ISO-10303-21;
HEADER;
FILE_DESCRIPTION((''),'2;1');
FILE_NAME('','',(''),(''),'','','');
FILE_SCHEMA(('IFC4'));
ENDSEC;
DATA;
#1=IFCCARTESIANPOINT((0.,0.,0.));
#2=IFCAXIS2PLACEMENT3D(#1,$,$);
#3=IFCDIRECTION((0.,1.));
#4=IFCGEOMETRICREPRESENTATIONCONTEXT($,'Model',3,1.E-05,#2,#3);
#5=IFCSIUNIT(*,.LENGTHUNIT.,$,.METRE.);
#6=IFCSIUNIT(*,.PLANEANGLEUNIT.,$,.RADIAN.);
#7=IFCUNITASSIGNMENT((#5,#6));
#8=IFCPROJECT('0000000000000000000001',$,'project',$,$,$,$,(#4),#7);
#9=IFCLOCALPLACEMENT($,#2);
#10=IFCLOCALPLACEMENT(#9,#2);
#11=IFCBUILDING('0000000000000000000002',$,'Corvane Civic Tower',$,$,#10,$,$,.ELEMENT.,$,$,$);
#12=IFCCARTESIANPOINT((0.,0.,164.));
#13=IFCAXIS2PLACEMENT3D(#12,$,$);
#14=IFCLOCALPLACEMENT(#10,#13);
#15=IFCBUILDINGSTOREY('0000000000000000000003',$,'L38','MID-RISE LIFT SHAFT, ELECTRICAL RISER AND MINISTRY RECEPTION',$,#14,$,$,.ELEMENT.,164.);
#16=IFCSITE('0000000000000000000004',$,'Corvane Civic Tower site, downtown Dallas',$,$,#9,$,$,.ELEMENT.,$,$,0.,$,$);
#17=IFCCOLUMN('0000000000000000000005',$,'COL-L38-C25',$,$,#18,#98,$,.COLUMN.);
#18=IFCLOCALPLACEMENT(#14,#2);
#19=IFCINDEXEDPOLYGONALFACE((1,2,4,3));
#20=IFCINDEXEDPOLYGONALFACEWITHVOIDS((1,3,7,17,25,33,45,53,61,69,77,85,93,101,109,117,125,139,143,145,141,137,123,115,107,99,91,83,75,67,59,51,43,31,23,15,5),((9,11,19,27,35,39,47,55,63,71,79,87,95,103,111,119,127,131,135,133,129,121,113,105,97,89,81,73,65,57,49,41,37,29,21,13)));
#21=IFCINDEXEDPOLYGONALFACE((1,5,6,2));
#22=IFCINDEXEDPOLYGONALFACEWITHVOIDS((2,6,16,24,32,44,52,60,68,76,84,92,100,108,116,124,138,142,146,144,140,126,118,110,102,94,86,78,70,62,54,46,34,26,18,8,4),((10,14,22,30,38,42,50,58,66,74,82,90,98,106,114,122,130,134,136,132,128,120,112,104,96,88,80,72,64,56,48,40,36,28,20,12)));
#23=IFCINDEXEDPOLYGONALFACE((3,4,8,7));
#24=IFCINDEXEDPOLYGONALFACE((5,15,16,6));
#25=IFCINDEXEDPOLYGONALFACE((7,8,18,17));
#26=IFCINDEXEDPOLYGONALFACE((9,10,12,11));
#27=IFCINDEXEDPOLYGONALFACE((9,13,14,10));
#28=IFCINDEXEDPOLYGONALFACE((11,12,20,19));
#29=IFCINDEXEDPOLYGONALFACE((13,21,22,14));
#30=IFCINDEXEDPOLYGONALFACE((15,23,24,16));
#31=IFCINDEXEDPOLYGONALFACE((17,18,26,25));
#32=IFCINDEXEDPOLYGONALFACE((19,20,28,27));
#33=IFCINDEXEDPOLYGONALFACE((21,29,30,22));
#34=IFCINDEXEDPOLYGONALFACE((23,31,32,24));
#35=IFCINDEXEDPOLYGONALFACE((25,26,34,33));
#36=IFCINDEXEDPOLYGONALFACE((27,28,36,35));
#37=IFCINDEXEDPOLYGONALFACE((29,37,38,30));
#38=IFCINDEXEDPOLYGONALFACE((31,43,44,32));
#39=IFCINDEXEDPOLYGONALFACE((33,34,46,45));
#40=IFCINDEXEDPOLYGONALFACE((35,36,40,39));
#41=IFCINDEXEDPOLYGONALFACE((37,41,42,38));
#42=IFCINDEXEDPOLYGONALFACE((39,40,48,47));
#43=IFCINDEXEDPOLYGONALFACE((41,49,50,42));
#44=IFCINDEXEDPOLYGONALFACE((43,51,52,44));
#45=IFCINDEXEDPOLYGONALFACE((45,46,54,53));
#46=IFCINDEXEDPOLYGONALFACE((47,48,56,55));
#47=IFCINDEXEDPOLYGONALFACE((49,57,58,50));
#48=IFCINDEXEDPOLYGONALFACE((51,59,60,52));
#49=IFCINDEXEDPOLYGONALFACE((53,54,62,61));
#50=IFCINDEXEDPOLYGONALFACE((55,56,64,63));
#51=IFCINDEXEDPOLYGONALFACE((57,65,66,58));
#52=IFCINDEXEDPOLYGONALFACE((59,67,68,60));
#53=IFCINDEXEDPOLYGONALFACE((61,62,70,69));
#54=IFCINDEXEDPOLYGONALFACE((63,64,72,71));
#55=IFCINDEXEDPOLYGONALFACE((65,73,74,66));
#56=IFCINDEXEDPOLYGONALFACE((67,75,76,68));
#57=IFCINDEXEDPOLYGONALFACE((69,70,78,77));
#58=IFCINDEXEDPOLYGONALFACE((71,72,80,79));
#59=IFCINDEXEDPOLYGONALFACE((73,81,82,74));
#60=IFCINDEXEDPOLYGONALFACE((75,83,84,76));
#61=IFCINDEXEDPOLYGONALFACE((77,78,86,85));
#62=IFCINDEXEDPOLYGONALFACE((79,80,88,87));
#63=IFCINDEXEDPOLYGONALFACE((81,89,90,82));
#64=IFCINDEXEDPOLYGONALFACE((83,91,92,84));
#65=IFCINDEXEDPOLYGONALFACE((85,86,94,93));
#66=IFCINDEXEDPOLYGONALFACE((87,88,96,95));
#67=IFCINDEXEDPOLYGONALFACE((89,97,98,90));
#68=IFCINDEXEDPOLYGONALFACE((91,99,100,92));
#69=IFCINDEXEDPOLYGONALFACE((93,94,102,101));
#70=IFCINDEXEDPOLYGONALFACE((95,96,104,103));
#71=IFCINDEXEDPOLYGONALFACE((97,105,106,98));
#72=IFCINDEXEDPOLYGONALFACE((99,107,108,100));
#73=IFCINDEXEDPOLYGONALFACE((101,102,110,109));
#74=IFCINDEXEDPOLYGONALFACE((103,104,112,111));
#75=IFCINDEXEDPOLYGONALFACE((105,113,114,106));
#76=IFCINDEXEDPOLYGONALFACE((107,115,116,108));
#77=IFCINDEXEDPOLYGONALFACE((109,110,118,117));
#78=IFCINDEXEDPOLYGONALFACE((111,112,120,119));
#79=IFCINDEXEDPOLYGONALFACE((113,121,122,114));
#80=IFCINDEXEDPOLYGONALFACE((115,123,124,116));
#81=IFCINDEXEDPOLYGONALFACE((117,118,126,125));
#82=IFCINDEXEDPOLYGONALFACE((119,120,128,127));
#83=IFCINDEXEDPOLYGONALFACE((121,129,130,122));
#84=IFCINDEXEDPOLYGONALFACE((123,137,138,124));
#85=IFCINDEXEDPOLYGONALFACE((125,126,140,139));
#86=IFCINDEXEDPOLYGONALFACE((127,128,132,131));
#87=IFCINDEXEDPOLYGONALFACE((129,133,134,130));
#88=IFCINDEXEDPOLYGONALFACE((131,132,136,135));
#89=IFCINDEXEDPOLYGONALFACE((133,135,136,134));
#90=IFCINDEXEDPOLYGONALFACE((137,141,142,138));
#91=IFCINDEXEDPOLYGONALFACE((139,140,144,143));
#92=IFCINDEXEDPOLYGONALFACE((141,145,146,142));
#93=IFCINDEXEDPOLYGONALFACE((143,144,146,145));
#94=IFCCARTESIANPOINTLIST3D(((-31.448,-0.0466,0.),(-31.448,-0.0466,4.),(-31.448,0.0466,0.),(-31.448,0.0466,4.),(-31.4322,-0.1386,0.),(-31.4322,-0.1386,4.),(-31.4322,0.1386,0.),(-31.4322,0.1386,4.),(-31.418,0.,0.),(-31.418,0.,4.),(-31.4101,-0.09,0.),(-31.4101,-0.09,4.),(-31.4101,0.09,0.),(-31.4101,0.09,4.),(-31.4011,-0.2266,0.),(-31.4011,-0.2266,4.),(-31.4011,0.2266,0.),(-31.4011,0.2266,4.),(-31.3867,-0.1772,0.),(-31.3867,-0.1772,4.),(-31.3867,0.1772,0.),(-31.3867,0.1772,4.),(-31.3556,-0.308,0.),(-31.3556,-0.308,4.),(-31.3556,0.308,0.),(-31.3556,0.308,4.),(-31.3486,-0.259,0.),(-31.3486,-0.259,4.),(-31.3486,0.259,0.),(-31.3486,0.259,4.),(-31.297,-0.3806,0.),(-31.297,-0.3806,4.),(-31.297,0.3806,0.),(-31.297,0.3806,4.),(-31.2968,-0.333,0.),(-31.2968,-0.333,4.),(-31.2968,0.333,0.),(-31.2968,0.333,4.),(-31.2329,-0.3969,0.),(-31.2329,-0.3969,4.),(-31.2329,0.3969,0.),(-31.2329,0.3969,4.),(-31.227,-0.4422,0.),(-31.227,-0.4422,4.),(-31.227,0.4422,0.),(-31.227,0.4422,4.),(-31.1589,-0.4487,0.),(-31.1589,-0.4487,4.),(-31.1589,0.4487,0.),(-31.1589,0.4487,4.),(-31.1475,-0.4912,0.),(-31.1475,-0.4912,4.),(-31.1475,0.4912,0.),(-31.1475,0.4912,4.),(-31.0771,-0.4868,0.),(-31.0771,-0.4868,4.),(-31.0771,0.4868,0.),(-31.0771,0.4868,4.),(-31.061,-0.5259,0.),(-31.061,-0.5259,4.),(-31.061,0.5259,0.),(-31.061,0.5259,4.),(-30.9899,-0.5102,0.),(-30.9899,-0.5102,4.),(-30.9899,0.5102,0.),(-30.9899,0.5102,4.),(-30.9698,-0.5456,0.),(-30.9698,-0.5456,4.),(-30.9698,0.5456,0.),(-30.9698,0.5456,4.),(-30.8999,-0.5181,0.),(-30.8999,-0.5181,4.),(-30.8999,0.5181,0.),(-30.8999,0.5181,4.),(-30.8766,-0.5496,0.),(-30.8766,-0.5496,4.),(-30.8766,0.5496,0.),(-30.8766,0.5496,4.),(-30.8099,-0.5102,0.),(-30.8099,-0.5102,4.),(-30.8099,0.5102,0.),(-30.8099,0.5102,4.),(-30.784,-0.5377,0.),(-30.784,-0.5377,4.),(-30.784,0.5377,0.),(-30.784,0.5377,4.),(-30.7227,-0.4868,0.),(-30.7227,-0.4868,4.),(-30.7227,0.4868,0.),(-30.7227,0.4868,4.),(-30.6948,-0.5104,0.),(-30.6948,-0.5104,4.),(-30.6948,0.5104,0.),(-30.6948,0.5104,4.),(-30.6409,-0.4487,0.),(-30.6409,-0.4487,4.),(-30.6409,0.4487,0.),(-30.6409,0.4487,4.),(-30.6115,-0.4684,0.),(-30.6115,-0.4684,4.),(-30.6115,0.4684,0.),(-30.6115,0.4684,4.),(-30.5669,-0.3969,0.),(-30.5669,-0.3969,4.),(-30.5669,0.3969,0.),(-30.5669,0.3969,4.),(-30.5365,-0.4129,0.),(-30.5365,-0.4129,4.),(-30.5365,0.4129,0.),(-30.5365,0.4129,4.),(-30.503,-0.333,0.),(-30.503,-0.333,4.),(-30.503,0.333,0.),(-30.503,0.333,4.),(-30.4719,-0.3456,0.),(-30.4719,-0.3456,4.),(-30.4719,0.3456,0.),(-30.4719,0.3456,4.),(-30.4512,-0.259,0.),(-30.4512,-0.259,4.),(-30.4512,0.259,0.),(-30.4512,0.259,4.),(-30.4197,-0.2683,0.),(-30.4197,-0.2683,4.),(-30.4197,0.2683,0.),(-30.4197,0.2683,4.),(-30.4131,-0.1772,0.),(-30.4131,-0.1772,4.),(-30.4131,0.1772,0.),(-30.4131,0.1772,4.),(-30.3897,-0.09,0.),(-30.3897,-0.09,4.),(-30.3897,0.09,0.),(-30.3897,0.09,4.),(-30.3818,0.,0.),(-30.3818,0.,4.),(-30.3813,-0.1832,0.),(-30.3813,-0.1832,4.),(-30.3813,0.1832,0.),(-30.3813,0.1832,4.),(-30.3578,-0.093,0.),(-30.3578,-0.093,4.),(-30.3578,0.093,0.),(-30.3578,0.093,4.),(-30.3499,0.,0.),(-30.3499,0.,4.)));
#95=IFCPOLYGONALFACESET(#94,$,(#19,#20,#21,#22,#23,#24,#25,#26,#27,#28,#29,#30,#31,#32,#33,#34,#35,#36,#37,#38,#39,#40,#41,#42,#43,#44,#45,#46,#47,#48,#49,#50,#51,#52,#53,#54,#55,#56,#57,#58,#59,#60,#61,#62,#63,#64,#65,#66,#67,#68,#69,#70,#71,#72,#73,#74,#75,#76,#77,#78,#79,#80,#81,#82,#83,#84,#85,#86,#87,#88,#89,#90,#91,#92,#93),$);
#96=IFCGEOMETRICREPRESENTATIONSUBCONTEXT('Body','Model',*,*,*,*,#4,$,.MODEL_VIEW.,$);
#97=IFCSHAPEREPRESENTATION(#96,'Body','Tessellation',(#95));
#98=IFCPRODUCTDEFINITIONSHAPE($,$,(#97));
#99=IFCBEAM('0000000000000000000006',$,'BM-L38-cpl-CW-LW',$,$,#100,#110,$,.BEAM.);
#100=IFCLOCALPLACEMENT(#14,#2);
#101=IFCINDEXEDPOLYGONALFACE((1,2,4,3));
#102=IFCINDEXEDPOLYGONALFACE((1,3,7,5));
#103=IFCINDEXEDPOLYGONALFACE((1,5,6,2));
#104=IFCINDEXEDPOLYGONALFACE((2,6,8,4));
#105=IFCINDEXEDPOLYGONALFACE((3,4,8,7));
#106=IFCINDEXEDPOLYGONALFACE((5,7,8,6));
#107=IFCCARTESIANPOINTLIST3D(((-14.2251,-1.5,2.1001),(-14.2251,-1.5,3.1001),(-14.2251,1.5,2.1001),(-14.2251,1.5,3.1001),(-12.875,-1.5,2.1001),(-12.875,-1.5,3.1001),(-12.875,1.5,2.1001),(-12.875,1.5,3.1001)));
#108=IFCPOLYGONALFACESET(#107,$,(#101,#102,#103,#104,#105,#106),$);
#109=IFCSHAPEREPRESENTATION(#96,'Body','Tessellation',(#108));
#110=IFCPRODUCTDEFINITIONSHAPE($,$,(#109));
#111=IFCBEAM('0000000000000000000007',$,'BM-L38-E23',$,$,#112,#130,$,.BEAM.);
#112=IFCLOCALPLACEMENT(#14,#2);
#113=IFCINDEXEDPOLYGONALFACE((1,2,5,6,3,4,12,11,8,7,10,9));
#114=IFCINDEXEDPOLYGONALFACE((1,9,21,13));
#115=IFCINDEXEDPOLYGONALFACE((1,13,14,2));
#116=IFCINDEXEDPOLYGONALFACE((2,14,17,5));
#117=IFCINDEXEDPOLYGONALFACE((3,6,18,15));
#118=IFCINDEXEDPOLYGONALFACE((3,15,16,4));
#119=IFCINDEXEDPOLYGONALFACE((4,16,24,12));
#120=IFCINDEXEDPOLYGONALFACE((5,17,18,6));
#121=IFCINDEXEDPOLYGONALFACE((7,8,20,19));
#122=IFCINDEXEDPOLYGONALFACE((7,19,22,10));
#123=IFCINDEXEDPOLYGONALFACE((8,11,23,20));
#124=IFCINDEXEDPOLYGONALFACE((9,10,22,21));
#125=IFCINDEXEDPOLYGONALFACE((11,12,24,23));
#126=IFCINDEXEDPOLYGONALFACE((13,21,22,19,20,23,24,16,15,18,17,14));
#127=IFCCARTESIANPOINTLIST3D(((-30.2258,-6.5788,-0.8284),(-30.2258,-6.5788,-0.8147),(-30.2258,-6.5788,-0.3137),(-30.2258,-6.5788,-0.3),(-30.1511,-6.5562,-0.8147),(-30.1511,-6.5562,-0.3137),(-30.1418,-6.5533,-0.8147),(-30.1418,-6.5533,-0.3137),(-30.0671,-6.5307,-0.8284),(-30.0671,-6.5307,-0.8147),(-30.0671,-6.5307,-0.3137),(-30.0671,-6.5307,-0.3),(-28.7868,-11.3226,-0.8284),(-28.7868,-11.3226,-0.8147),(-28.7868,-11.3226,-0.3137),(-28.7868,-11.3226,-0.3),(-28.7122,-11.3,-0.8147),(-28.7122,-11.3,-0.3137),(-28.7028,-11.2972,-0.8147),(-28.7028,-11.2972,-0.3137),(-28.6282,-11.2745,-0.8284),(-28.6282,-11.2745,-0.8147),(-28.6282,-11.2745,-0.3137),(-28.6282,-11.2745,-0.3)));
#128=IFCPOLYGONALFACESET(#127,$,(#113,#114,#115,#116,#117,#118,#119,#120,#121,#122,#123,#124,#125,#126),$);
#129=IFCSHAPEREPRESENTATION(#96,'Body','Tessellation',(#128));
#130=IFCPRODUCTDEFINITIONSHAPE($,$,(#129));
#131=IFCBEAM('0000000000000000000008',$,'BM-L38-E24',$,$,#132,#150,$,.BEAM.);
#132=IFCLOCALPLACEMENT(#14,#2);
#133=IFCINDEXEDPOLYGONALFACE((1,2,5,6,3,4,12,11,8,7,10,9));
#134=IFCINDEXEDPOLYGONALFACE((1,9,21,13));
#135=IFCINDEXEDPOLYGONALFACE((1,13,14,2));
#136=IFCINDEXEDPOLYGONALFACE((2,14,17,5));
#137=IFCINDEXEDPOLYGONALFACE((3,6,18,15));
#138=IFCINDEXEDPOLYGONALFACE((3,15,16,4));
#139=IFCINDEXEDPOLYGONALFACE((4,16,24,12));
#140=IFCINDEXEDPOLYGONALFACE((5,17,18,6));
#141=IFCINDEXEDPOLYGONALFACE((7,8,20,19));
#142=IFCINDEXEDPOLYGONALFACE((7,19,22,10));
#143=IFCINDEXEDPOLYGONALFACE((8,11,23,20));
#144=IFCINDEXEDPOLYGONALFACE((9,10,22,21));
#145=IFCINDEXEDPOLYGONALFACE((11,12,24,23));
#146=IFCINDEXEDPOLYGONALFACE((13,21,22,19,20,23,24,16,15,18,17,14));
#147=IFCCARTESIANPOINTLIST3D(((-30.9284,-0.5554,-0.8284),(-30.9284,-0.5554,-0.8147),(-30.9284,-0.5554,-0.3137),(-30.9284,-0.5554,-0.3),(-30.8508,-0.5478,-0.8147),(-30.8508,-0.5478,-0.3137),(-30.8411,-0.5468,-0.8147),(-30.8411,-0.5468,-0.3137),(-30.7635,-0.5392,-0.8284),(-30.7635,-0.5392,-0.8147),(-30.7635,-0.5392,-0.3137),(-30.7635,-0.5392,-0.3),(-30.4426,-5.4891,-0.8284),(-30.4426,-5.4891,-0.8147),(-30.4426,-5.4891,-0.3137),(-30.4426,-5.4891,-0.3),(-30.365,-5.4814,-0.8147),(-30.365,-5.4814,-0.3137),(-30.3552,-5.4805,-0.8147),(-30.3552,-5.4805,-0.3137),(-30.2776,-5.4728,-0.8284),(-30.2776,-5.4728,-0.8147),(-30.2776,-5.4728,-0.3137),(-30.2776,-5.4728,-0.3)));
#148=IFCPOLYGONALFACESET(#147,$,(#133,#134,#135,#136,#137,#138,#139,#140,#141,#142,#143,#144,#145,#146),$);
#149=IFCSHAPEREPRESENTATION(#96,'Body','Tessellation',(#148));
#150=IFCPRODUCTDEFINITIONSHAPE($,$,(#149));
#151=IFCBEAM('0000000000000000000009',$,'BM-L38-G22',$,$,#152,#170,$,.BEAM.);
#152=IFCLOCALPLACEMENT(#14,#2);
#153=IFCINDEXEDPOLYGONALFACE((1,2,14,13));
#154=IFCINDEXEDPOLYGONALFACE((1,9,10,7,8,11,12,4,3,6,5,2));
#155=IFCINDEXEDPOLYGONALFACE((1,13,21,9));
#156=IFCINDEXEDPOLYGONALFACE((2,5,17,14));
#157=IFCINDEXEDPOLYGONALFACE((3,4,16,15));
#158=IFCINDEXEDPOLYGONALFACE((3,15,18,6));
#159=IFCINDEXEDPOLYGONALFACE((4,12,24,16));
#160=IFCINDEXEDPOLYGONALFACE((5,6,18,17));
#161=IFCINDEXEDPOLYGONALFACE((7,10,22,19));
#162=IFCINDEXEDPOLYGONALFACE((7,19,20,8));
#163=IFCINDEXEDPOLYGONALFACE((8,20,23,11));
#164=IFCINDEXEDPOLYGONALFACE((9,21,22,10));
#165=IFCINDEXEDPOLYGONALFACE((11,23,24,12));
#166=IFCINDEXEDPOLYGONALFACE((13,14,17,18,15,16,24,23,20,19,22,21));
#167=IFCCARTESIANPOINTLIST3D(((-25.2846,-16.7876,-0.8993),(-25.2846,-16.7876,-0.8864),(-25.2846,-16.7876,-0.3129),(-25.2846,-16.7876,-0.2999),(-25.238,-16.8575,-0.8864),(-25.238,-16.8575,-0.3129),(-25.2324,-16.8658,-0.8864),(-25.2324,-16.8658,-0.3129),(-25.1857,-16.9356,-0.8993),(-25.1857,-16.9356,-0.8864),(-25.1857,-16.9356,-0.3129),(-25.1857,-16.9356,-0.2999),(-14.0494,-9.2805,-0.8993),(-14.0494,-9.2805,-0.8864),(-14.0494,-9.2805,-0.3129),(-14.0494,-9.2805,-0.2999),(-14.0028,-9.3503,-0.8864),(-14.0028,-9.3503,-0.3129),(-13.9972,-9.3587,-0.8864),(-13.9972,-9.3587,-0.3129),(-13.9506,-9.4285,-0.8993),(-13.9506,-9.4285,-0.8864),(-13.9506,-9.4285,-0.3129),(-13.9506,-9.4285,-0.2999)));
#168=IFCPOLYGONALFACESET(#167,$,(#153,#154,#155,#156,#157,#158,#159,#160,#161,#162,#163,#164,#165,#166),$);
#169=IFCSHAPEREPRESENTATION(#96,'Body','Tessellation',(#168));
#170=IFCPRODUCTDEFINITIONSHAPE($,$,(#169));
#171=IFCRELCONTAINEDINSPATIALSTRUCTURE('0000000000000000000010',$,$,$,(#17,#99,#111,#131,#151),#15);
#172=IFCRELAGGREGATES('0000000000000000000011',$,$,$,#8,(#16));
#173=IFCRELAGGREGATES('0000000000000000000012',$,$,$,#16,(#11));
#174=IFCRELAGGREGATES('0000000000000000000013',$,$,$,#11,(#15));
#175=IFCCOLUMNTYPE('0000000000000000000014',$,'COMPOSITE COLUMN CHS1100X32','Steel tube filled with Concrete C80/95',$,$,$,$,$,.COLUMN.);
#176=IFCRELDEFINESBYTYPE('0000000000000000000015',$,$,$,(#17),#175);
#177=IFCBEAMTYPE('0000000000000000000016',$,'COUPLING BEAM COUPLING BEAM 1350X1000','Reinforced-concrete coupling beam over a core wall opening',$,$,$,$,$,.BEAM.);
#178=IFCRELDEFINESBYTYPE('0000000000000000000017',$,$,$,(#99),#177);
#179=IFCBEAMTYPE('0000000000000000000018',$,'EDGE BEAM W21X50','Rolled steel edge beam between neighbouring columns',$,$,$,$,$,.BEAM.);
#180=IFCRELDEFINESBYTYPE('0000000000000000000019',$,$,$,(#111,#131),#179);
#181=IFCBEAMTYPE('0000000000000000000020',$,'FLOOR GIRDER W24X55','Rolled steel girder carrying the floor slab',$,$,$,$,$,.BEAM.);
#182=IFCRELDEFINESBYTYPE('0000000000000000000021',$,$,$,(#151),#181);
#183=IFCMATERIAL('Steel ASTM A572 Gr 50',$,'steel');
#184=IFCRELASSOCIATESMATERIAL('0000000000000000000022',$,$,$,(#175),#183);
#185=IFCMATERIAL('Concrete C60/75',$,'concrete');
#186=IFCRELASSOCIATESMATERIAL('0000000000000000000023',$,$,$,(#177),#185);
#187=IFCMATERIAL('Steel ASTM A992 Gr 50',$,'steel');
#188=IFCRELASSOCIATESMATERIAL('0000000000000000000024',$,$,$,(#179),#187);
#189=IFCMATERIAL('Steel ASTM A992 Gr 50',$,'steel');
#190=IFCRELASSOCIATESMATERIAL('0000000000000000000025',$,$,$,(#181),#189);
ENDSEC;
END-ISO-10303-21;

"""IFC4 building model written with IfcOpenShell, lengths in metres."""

from ifc_helpers import new_model, si_unit, direction, frame, origin, origin_2d, place, context, subcontext, project, spatial, rectangle, hollow_circle, i_section, extrude, material, material_profile, profile_set, type_object, element, save


model = new_model("IFC4")

# Units and contexts
model_context = context("Model", 3, precision=1e-05, world=origin(), true_north=direction((0.0, 1.0)))
body_context = subcontext(model_context, "Body", "Model", "MODEL_VIEW")
ifc_project = project(units=[si_unit("LENGTHUNIT", "METRE"), si_unit("PLANEANGLEUNIT", "RADIAN")], contexts=[model_context])

# Site, building, storey
site_placement = place(None, origin())
site = spatial("IfcSite", under=ifc_project, at=site_placement, Name="Corvane Civic Tower site, downtown Dallas", CompositionType="ELEMENT", RefElevation=0.0)
building_placement = place(site_placement, origin())
building = spatial("IfcBuilding", under=site, at=building_placement, Name="Corvane Civic Tower", CompositionType="ELEMENT")
storey_placement = place(building_placement, frame((0.0, 0.0, 164.0)))
storey = spatial("IfcBuildingStorey", under=building, at=storey_placement, Name="L38", Description="MID-RISE LIFT SHAFT, ELECTRICAL RISER AND MINISTRY RECEPTION", CompositionType="ELEMENT", Elevation=164.0)

# Column
ifc_material_1 = material(Name="Steel ASTM A572 Gr 50", Category="steel")
ifc_material_profile_1 = material_profile(ifc_material_1, hollow_circle(Radius=0.55, WallThickness=0.032, at=origin_2d()), Name="CHS1100X32")
ifc_profile_set_1 = profile_set([ifc_material_profile_1], Name="Steel ASTM A572 Gr 50")
column_type = type_object("IfcColumnType", Name="COMPOSITE COLUMN CHS1100X32", Description="Steel tube filled with Concrete C80/95", PredefinedType="COLUMN", material=ifc_profile_set_1)
for number, where, z_axis, x_axis, name in (
    (1, (-30.8999, 0.0, 0.0), (0.0, 0.0, 1.0), (1.0, 0.0, 0.0), "COL-L38-C25"),
):
    element("IfcColumn", number, at=place(storey_placement, frame(where, z_axis=z_axis, x_axis=x_axis)), inside=storey, type_object=column_type, Name=name, PredefinedType="COLUMN", context=body_context, shape_type="SweptSolid", body=[
        extrude(hollow_circle(Radius=0.55, WallThickness=0.032, at=origin_2d()), origin(), (0.0, 0.0, 1.0), 4.0),
    ])

# Beams
ifc_material_2 = material(Name="Concrete C60/75", Category="concrete")
ifc_material_profile_2 = material_profile(ifc_material_2, rectangle(XDim=1.3501, YDim=1.0, at=origin_2d()), Name="COUPLING BEAM 1350X1000")
ifc_profile_set_2 = profile_set([ifc_material_profile_2], Name="Concrete C60/75")
beam_type_1 = type_object("IfcBeamType", Name="COUPLING BEAM COUPLING BEAM 1350X1000", Description="Reinforced-concrete coupling beam over a core wall opening", PredefinedType="BEAM", material=ifc_profile_set_2)
beam_1_placement = place(storey_placement, frame((-13.55, -1.5, 2.6001), z_axis=(0.0, 1.0, 0.0), x_axis=(-1.0, 0.0, 0.0)))
element("IfcBeam", 2, at=beam_1_placement, inside=storey, type_object=beam_type_1, Name="BM-L38-cpl-CW-LW", PredefinedType="BEAM", context=body_context, shape_type="SweptSolid", body=[
    extrude(rectangle(XDim=1.3501, YDim=1.0, at=origin_2d()), origin(), (0.0, 0.0, 1.0), 3.0),
])
ifc_material_3 = material(Name="Steel ASTM A992 Gr 50", Category="steel")
ifc_material_profile_3 = material_profile(ifc_material_3, i_section(OverallWidth=0.1658, OverallDepth=0.5283, WebThickness=0.0098, FlangeThickness=0.0137, at=origin_2d()), Name="W21X50")
ifc_profile_set_3 = profile_set([ifc_material_profile_3], Name="Steel ASTM A992 Gr 50")
beam_type_2 = type_object("IfcBeamType", Name="EDGE BEAM W21X50", Description="Rolled steel edge beam between neighbouring columns", PredefinedType="BEAM", material=ifc_profile_set_3)
beam_2_placement = place(storey_placement, frame((-28.7075, -11.2986, -0.5642), z_axis=(-0.29027, 0.956945, 0.0), x_axis=(-0.956945, -0.29027, 0.0)))
element("IfcBeam", 3, at=beam_2_placement, inside=storey, type_object=beam_type_2, Name="BM-L38-E23", PredefinedType="BEAM", context=body_context, shape_type="SweptSolid", body=[
    extrude(i_section(OverallWidth=0.1658, OverallDepth=0.5283, WebThickness=0.0098, FlangeThickness=0.0137, at=origin_2d()), origin(), (0.0, 0.0, 1.0), 4.9573),
])
beam_3_placement = place(storey_placement, frame((-30.3601, -5.481, -0.5642), z_axis=(-0.098002, 0.995186, 0.0), x_axis=(-0.995186, -0.098002, 0.0)))
element("IfcBeam", 4, at=beam_3_placement, inside=storey, type_object=beam_type_2, Name="BM-L38-E24", PredefinedType="BEAM", context=body_context, shape_type="SweptSolid", body=[
    extrude(i_section(OverallWidth=0.1658, OverallDepth=0.5283, WebThickness=0.0098, FlangeThickness=0.0137, at=origin_2d()), origin(), (0.0, 0.0, 1.0), 4.9575),
])
ifc_material_4 = material(Name="Steel ASTM A992 Gr 50", Category="steel")
ifc_material_profile_4 = material_profile(ifc_material_4, i_section(OverallWidth=0.178, OverallDepth=0.5994, WebThickness=0.01, FlangeThickness=0.0129, at=origin_2d()), Name="W24X55")
ifc_profile_set_4 = profile_set([ifc_material_profile_4], Name="Steel ASTM A992 Gr 50")
beam_type_3 = type_object("IfcBeamType", Name="FLOOR GIRDER W24X55", Description="Rolled steel girder carrying the floor slab", PredefinedType="BEAM", material=ifc_profile_set_4)
beam_4_placement = place(storey_placement, frame((-14.0, -9.3545, -0.5996), z_axis=(-0.831469, -0.555571, 0.0), x_axis=(0.555571, -0.831469, 0.0)))
element("IfcBeam", 5, at=beam_4_placement, inside=storey, type_object=beam_type_3, Name="BM-L38-G22", PredefinedType="BEAM", context=body_context, shape_type="SweptSolid", body=[
    extrude(i_section(OverallWidth=0.178, OverallDepth=0.5994, WebThickness=0.01, FlangeThickness=0.0129, at=origin_2d()), origin(), (0.0, 0.0, 1.0), 13.5125),
])

save(model, "model.ifc")
